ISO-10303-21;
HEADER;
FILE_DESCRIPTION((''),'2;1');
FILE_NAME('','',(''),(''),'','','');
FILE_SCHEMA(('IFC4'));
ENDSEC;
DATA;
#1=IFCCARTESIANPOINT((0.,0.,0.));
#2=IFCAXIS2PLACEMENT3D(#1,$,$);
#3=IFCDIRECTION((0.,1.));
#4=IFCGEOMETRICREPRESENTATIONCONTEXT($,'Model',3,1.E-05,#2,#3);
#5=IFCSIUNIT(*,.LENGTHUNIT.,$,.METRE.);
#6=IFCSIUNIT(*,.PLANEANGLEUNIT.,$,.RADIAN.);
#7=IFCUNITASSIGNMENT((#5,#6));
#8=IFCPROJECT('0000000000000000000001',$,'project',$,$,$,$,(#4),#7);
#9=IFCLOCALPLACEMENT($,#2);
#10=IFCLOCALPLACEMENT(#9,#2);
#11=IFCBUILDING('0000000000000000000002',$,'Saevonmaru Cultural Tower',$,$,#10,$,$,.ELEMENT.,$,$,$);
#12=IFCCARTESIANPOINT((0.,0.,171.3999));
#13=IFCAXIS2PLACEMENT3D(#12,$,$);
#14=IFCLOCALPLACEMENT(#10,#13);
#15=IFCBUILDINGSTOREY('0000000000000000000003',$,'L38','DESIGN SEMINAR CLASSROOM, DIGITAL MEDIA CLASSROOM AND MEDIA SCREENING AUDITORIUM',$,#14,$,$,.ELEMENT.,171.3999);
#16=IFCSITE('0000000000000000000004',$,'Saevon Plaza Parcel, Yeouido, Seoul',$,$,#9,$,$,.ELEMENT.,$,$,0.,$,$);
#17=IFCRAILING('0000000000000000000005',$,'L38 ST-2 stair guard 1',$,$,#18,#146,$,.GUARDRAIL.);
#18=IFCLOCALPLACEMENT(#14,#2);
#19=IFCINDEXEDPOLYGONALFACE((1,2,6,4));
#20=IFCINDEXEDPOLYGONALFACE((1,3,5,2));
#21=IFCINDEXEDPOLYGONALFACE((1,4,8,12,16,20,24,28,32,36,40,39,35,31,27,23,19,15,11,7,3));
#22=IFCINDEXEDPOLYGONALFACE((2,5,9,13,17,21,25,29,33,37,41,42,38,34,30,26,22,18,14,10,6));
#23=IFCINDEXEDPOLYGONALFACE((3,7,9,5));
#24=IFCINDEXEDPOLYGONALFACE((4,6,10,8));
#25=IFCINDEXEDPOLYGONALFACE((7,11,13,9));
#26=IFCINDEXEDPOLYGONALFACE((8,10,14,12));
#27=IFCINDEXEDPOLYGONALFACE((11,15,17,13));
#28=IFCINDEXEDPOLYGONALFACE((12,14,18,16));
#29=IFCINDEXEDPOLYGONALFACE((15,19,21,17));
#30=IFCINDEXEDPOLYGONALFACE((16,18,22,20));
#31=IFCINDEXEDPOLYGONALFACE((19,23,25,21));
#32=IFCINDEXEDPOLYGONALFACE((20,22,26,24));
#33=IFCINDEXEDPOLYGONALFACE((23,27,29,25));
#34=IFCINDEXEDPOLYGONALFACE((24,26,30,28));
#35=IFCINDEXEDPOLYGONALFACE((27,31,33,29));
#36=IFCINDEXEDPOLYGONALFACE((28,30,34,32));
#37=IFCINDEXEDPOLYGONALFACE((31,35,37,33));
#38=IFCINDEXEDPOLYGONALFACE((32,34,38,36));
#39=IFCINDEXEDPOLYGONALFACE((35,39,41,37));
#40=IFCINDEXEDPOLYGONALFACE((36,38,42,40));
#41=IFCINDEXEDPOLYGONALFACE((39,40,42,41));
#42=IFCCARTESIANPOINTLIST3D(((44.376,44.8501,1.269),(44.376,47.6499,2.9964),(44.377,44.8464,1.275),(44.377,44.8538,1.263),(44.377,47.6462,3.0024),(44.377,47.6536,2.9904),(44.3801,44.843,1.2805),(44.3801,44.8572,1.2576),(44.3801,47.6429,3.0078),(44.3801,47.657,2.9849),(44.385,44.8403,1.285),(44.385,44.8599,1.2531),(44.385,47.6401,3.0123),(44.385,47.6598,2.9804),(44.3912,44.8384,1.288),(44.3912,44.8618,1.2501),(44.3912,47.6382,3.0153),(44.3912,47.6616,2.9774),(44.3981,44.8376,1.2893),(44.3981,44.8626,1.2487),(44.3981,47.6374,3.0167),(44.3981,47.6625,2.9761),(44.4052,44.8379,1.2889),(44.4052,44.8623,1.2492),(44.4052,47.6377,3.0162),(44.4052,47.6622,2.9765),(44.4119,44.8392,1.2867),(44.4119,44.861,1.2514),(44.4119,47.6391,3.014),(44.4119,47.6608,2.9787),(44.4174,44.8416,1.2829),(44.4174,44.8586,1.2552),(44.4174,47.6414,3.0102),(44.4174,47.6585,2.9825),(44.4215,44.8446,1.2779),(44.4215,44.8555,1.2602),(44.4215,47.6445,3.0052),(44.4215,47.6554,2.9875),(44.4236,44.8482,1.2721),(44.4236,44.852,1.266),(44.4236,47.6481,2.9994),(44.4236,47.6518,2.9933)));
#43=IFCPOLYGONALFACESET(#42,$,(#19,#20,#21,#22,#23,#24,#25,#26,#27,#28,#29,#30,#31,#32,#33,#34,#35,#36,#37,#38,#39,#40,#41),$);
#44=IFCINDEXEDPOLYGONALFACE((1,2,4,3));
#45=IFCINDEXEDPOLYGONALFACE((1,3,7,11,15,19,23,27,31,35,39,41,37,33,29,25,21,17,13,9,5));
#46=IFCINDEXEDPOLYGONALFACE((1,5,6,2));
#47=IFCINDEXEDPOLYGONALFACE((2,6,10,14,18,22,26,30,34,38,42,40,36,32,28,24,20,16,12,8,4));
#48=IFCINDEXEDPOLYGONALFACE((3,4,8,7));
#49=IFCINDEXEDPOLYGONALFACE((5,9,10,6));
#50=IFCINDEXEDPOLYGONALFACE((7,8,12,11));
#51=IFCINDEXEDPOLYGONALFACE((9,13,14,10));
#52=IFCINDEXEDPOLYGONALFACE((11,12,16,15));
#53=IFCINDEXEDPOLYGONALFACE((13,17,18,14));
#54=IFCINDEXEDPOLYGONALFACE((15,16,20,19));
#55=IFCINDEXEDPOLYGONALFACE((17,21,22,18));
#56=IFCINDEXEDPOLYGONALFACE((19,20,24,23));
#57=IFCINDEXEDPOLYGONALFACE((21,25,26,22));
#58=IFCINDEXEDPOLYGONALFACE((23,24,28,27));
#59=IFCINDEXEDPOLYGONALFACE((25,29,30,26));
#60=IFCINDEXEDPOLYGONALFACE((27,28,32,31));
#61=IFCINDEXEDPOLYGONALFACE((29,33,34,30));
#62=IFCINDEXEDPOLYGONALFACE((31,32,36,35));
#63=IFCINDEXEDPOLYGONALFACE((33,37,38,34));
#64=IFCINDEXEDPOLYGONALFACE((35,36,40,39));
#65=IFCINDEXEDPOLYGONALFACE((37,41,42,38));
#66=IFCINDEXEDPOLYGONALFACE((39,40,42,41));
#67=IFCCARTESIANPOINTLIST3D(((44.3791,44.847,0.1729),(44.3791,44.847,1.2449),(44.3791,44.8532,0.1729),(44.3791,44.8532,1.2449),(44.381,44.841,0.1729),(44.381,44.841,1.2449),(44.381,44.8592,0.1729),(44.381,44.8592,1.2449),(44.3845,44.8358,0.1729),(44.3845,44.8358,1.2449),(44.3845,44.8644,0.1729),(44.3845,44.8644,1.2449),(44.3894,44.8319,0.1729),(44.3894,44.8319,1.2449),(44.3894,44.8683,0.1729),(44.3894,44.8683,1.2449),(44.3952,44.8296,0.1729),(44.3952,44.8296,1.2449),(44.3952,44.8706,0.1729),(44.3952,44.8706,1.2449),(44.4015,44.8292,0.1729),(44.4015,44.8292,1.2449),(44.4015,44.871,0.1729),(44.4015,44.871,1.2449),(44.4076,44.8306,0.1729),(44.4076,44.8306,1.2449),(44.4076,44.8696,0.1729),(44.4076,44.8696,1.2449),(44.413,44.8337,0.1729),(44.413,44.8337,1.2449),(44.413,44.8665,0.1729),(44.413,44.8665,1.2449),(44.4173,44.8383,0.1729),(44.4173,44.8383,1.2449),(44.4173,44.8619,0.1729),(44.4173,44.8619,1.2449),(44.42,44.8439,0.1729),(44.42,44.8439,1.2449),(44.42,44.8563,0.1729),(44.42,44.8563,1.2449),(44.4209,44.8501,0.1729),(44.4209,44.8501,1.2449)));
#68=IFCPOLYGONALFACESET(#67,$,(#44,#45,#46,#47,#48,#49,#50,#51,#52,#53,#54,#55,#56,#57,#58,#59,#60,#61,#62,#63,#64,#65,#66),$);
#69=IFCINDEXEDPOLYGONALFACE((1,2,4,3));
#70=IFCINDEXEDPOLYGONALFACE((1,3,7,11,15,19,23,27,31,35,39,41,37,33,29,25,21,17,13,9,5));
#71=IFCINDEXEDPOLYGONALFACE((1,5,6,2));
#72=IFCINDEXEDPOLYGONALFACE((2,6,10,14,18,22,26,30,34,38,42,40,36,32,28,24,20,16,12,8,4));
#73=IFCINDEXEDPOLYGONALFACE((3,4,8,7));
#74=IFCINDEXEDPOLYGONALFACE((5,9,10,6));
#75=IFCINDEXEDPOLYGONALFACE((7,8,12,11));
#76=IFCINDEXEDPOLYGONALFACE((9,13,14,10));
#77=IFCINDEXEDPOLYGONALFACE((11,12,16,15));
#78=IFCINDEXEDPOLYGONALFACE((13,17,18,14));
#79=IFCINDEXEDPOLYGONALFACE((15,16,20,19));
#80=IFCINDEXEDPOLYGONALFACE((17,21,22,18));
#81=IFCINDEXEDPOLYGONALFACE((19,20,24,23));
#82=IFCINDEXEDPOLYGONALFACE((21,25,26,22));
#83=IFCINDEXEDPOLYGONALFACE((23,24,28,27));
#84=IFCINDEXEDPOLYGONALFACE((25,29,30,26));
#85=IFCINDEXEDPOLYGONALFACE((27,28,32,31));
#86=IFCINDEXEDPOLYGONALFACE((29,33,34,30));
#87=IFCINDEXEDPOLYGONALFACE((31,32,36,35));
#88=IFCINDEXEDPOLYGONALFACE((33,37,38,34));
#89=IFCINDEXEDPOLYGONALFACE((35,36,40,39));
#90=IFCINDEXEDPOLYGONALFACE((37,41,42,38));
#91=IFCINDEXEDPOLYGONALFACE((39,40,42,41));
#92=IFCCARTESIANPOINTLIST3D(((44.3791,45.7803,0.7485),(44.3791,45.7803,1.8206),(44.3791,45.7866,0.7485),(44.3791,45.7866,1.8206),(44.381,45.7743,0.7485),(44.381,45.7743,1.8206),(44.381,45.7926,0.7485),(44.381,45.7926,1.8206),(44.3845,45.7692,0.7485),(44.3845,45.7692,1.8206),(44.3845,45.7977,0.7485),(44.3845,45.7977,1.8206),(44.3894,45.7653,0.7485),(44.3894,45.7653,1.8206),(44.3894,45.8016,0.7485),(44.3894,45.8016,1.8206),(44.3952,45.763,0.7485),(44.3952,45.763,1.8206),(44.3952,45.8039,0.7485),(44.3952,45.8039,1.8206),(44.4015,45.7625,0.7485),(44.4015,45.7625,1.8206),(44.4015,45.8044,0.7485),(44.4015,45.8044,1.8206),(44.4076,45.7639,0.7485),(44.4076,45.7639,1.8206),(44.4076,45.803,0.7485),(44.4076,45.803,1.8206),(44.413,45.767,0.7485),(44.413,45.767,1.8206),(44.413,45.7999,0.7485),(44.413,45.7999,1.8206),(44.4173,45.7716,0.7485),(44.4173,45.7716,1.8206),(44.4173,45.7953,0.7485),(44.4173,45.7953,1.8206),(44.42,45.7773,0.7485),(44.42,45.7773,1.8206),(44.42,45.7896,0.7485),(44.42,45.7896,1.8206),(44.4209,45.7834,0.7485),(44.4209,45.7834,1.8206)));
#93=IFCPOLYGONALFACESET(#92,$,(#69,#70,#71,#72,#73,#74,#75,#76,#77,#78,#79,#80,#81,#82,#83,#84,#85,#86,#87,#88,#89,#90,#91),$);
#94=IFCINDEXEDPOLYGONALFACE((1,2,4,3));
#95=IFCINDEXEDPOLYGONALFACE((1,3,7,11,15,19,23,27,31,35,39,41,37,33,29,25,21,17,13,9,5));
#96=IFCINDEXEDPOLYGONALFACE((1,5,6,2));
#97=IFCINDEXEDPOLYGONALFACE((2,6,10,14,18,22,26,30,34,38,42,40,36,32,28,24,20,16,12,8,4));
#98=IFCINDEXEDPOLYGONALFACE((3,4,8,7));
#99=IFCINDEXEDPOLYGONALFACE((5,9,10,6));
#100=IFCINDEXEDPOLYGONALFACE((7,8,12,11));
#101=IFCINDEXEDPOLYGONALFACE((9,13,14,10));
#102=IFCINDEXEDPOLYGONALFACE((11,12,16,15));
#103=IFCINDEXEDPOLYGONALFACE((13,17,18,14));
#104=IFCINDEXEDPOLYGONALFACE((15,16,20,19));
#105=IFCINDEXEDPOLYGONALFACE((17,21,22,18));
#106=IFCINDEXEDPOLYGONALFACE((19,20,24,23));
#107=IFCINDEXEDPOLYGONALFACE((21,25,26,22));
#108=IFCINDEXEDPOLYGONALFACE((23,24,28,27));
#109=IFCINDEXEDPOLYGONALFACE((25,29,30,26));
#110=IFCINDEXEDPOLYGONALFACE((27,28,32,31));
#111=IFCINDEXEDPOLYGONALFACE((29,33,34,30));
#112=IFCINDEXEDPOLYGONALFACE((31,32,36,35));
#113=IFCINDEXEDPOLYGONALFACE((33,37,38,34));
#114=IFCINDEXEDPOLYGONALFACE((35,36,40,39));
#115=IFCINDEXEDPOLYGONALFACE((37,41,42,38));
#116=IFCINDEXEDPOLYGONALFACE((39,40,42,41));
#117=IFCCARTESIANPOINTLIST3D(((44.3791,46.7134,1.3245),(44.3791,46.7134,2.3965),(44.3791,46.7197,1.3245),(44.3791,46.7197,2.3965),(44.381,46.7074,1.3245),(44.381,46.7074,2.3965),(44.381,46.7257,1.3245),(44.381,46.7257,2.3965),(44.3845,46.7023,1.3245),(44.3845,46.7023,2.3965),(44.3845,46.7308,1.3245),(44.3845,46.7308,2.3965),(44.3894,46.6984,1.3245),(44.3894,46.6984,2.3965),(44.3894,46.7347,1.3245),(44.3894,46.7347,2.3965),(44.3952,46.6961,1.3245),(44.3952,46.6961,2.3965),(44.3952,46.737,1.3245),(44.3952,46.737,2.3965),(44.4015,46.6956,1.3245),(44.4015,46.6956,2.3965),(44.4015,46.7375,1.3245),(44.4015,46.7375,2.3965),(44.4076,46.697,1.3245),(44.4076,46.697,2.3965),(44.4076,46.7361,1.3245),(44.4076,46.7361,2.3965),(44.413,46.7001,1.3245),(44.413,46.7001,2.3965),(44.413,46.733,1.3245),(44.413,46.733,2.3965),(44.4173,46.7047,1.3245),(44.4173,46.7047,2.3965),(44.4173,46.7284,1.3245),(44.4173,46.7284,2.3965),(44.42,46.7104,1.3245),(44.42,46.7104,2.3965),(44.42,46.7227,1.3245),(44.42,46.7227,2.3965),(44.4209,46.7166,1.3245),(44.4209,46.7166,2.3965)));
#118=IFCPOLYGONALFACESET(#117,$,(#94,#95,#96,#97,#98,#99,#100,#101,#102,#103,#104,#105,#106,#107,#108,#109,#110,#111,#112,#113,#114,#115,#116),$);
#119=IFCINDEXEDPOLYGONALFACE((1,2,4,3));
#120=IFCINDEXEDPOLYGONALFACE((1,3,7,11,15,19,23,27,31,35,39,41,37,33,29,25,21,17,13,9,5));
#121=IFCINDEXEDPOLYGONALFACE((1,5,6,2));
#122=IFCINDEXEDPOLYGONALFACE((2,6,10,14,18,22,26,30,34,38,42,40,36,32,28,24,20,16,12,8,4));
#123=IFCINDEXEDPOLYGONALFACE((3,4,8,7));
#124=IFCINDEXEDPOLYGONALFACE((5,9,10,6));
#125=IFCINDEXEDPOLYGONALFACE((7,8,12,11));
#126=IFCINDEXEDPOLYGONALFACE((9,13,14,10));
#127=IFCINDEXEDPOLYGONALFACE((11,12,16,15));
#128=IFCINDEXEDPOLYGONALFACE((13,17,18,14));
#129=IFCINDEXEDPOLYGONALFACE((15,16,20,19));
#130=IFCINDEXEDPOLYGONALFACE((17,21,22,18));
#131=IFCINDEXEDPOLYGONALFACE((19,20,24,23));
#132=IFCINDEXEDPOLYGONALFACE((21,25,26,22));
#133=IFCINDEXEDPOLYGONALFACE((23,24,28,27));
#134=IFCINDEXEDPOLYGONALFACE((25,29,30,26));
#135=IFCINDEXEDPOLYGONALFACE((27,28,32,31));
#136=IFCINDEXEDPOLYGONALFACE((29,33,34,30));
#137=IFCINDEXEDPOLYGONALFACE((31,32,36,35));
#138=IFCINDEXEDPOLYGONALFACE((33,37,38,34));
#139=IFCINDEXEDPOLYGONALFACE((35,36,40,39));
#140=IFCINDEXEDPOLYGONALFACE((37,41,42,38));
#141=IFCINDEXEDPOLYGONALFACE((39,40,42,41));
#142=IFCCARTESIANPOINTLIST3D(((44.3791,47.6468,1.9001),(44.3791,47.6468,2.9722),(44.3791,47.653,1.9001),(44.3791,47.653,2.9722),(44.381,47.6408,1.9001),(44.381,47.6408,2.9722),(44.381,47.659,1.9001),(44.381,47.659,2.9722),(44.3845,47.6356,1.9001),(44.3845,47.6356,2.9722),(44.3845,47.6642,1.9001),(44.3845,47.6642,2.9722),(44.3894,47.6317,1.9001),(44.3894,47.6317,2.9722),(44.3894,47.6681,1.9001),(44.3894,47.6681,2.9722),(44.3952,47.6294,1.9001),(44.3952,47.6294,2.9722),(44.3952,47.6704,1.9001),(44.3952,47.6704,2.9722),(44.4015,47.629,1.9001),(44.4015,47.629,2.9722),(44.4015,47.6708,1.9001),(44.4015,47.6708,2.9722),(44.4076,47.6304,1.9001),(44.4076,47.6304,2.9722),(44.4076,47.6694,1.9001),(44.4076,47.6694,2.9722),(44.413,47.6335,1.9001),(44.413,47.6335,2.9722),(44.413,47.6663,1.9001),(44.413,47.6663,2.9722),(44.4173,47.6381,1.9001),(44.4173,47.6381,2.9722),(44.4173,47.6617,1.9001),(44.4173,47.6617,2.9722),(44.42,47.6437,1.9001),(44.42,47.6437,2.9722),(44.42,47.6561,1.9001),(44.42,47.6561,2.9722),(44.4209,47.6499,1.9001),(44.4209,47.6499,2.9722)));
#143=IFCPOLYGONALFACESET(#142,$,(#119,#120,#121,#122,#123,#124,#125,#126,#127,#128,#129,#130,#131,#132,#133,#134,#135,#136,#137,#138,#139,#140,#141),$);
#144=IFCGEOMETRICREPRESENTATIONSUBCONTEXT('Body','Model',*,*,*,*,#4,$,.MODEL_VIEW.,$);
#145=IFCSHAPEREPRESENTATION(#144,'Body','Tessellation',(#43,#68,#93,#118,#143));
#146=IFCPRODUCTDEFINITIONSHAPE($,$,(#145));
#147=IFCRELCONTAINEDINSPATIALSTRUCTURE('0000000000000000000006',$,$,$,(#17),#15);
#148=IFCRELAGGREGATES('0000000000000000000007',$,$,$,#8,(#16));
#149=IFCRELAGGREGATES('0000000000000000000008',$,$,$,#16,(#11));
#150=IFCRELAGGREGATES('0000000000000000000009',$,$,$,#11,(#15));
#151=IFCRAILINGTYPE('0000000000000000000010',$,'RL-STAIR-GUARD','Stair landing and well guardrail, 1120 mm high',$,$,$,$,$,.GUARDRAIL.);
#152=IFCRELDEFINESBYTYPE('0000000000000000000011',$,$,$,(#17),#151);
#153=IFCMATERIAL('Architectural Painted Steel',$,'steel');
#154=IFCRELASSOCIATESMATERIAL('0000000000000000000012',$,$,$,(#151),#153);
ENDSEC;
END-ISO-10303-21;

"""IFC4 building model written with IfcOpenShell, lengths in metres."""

from ifc_helpers import new_model, si_unit, direction, frame, origin, origin_2d, place, context, subcontext, project, spatial, circle, extrude, material, type_object, element, save


model = new_model("IFC4")

# Units and contexts
model_context = context("Model", 3, precision=1e-05, world=origin(), true_north=direction((0.0, 1.0)))
body_context = subcontext(model_context, "Body", "Model", "MODEL_VIEW")
ifc_project = project(units=[si_unit("LENGTHUNIT", "METRE"), si_unit("PLANEANGLEUNIT", "RADIAN")], contexts=[model_context])

# Site, building, storey
site_placement = place(None, origin())
site = spatial("IfcSite", under=ifc_project, at=site_placement, Name="Saevon Plaza Parcel, Yeouido, Seoul", CompositionType="ELEMENT", RefElevation=0.0)
building_placement = place(site_placement, origin())
building = spatial("IfcBuilding", under=site, at=building_placement, Name="Saevonmaru Cultural Tower", CompositionType="ELEMENT")
storey_placement = place(building_placement, frame((0.0, 0.0, 171.3999)))
storey = spatial("IfcBuildingStorey", under=building, at=storey_placement, Name="L38", Description="DESIGN SEMINAR CLASSROOM, DIGITAL MEDIA CLASSROOM AND MEDIA SCREENING AUDITORIUM", CompositionType="ELEMENT", Elevation=171.3999)

# Railing
ifc_material_1 = material(Name="Architectural Painted Steel", Category="steel")
railing_type_1 = type_object("IfcRailingType", Name="RL-STAIR-GUARD", Description="Stair landing and well guardrail, 1120 mm high", PredefinedType="GUARDRAIL", material=ifc_material_1)
railing_1_placement = place(storey_placement, frame((44.3999, 44.8501, 0.1729)))
element("IfcRailing", 1, at=railing_1_placement, inside=storey, type_object=railing_type_1, Name="L38 ST-2 stair guard 1", PredefinedType="GUARDRAIL", context=body_context, shape_type="SweptSolid", body=[
    extrude(circle(Radius=0.0239, at=origin_2d()), frame((0.0, 0.0, 1.0962), z_axis=(0.0, 0.851069, 0.525054), x_axis=(-1.0, 0.0, 0.0)), (0.0, 0.0, 1.0), 3.2898),
    extrude(circle(Radius=0.021, at=origin_2d()), origin(), (0.0, 0.0, 1.0), 1.072),
    extrude(circle(Radius=0.021, at=origin_2d()), frame((0.0, 0.9333, 0.5757)), (0.0, 0.0, 1.0), 1.072),
    extrude(circle(Radius=0.021, at=origin_2d()), frame((0.0, 1.8665, 1.1516)), (0.0, 0.0, 1.0), 1.072),
    extrude(circle(Radius=0.021, at=origin_2d()), frame((0.0, 2.7998, 1.7273)), (0.0, 0.0, 1.0), 1.072),
])

save(model, "model.ifc")
